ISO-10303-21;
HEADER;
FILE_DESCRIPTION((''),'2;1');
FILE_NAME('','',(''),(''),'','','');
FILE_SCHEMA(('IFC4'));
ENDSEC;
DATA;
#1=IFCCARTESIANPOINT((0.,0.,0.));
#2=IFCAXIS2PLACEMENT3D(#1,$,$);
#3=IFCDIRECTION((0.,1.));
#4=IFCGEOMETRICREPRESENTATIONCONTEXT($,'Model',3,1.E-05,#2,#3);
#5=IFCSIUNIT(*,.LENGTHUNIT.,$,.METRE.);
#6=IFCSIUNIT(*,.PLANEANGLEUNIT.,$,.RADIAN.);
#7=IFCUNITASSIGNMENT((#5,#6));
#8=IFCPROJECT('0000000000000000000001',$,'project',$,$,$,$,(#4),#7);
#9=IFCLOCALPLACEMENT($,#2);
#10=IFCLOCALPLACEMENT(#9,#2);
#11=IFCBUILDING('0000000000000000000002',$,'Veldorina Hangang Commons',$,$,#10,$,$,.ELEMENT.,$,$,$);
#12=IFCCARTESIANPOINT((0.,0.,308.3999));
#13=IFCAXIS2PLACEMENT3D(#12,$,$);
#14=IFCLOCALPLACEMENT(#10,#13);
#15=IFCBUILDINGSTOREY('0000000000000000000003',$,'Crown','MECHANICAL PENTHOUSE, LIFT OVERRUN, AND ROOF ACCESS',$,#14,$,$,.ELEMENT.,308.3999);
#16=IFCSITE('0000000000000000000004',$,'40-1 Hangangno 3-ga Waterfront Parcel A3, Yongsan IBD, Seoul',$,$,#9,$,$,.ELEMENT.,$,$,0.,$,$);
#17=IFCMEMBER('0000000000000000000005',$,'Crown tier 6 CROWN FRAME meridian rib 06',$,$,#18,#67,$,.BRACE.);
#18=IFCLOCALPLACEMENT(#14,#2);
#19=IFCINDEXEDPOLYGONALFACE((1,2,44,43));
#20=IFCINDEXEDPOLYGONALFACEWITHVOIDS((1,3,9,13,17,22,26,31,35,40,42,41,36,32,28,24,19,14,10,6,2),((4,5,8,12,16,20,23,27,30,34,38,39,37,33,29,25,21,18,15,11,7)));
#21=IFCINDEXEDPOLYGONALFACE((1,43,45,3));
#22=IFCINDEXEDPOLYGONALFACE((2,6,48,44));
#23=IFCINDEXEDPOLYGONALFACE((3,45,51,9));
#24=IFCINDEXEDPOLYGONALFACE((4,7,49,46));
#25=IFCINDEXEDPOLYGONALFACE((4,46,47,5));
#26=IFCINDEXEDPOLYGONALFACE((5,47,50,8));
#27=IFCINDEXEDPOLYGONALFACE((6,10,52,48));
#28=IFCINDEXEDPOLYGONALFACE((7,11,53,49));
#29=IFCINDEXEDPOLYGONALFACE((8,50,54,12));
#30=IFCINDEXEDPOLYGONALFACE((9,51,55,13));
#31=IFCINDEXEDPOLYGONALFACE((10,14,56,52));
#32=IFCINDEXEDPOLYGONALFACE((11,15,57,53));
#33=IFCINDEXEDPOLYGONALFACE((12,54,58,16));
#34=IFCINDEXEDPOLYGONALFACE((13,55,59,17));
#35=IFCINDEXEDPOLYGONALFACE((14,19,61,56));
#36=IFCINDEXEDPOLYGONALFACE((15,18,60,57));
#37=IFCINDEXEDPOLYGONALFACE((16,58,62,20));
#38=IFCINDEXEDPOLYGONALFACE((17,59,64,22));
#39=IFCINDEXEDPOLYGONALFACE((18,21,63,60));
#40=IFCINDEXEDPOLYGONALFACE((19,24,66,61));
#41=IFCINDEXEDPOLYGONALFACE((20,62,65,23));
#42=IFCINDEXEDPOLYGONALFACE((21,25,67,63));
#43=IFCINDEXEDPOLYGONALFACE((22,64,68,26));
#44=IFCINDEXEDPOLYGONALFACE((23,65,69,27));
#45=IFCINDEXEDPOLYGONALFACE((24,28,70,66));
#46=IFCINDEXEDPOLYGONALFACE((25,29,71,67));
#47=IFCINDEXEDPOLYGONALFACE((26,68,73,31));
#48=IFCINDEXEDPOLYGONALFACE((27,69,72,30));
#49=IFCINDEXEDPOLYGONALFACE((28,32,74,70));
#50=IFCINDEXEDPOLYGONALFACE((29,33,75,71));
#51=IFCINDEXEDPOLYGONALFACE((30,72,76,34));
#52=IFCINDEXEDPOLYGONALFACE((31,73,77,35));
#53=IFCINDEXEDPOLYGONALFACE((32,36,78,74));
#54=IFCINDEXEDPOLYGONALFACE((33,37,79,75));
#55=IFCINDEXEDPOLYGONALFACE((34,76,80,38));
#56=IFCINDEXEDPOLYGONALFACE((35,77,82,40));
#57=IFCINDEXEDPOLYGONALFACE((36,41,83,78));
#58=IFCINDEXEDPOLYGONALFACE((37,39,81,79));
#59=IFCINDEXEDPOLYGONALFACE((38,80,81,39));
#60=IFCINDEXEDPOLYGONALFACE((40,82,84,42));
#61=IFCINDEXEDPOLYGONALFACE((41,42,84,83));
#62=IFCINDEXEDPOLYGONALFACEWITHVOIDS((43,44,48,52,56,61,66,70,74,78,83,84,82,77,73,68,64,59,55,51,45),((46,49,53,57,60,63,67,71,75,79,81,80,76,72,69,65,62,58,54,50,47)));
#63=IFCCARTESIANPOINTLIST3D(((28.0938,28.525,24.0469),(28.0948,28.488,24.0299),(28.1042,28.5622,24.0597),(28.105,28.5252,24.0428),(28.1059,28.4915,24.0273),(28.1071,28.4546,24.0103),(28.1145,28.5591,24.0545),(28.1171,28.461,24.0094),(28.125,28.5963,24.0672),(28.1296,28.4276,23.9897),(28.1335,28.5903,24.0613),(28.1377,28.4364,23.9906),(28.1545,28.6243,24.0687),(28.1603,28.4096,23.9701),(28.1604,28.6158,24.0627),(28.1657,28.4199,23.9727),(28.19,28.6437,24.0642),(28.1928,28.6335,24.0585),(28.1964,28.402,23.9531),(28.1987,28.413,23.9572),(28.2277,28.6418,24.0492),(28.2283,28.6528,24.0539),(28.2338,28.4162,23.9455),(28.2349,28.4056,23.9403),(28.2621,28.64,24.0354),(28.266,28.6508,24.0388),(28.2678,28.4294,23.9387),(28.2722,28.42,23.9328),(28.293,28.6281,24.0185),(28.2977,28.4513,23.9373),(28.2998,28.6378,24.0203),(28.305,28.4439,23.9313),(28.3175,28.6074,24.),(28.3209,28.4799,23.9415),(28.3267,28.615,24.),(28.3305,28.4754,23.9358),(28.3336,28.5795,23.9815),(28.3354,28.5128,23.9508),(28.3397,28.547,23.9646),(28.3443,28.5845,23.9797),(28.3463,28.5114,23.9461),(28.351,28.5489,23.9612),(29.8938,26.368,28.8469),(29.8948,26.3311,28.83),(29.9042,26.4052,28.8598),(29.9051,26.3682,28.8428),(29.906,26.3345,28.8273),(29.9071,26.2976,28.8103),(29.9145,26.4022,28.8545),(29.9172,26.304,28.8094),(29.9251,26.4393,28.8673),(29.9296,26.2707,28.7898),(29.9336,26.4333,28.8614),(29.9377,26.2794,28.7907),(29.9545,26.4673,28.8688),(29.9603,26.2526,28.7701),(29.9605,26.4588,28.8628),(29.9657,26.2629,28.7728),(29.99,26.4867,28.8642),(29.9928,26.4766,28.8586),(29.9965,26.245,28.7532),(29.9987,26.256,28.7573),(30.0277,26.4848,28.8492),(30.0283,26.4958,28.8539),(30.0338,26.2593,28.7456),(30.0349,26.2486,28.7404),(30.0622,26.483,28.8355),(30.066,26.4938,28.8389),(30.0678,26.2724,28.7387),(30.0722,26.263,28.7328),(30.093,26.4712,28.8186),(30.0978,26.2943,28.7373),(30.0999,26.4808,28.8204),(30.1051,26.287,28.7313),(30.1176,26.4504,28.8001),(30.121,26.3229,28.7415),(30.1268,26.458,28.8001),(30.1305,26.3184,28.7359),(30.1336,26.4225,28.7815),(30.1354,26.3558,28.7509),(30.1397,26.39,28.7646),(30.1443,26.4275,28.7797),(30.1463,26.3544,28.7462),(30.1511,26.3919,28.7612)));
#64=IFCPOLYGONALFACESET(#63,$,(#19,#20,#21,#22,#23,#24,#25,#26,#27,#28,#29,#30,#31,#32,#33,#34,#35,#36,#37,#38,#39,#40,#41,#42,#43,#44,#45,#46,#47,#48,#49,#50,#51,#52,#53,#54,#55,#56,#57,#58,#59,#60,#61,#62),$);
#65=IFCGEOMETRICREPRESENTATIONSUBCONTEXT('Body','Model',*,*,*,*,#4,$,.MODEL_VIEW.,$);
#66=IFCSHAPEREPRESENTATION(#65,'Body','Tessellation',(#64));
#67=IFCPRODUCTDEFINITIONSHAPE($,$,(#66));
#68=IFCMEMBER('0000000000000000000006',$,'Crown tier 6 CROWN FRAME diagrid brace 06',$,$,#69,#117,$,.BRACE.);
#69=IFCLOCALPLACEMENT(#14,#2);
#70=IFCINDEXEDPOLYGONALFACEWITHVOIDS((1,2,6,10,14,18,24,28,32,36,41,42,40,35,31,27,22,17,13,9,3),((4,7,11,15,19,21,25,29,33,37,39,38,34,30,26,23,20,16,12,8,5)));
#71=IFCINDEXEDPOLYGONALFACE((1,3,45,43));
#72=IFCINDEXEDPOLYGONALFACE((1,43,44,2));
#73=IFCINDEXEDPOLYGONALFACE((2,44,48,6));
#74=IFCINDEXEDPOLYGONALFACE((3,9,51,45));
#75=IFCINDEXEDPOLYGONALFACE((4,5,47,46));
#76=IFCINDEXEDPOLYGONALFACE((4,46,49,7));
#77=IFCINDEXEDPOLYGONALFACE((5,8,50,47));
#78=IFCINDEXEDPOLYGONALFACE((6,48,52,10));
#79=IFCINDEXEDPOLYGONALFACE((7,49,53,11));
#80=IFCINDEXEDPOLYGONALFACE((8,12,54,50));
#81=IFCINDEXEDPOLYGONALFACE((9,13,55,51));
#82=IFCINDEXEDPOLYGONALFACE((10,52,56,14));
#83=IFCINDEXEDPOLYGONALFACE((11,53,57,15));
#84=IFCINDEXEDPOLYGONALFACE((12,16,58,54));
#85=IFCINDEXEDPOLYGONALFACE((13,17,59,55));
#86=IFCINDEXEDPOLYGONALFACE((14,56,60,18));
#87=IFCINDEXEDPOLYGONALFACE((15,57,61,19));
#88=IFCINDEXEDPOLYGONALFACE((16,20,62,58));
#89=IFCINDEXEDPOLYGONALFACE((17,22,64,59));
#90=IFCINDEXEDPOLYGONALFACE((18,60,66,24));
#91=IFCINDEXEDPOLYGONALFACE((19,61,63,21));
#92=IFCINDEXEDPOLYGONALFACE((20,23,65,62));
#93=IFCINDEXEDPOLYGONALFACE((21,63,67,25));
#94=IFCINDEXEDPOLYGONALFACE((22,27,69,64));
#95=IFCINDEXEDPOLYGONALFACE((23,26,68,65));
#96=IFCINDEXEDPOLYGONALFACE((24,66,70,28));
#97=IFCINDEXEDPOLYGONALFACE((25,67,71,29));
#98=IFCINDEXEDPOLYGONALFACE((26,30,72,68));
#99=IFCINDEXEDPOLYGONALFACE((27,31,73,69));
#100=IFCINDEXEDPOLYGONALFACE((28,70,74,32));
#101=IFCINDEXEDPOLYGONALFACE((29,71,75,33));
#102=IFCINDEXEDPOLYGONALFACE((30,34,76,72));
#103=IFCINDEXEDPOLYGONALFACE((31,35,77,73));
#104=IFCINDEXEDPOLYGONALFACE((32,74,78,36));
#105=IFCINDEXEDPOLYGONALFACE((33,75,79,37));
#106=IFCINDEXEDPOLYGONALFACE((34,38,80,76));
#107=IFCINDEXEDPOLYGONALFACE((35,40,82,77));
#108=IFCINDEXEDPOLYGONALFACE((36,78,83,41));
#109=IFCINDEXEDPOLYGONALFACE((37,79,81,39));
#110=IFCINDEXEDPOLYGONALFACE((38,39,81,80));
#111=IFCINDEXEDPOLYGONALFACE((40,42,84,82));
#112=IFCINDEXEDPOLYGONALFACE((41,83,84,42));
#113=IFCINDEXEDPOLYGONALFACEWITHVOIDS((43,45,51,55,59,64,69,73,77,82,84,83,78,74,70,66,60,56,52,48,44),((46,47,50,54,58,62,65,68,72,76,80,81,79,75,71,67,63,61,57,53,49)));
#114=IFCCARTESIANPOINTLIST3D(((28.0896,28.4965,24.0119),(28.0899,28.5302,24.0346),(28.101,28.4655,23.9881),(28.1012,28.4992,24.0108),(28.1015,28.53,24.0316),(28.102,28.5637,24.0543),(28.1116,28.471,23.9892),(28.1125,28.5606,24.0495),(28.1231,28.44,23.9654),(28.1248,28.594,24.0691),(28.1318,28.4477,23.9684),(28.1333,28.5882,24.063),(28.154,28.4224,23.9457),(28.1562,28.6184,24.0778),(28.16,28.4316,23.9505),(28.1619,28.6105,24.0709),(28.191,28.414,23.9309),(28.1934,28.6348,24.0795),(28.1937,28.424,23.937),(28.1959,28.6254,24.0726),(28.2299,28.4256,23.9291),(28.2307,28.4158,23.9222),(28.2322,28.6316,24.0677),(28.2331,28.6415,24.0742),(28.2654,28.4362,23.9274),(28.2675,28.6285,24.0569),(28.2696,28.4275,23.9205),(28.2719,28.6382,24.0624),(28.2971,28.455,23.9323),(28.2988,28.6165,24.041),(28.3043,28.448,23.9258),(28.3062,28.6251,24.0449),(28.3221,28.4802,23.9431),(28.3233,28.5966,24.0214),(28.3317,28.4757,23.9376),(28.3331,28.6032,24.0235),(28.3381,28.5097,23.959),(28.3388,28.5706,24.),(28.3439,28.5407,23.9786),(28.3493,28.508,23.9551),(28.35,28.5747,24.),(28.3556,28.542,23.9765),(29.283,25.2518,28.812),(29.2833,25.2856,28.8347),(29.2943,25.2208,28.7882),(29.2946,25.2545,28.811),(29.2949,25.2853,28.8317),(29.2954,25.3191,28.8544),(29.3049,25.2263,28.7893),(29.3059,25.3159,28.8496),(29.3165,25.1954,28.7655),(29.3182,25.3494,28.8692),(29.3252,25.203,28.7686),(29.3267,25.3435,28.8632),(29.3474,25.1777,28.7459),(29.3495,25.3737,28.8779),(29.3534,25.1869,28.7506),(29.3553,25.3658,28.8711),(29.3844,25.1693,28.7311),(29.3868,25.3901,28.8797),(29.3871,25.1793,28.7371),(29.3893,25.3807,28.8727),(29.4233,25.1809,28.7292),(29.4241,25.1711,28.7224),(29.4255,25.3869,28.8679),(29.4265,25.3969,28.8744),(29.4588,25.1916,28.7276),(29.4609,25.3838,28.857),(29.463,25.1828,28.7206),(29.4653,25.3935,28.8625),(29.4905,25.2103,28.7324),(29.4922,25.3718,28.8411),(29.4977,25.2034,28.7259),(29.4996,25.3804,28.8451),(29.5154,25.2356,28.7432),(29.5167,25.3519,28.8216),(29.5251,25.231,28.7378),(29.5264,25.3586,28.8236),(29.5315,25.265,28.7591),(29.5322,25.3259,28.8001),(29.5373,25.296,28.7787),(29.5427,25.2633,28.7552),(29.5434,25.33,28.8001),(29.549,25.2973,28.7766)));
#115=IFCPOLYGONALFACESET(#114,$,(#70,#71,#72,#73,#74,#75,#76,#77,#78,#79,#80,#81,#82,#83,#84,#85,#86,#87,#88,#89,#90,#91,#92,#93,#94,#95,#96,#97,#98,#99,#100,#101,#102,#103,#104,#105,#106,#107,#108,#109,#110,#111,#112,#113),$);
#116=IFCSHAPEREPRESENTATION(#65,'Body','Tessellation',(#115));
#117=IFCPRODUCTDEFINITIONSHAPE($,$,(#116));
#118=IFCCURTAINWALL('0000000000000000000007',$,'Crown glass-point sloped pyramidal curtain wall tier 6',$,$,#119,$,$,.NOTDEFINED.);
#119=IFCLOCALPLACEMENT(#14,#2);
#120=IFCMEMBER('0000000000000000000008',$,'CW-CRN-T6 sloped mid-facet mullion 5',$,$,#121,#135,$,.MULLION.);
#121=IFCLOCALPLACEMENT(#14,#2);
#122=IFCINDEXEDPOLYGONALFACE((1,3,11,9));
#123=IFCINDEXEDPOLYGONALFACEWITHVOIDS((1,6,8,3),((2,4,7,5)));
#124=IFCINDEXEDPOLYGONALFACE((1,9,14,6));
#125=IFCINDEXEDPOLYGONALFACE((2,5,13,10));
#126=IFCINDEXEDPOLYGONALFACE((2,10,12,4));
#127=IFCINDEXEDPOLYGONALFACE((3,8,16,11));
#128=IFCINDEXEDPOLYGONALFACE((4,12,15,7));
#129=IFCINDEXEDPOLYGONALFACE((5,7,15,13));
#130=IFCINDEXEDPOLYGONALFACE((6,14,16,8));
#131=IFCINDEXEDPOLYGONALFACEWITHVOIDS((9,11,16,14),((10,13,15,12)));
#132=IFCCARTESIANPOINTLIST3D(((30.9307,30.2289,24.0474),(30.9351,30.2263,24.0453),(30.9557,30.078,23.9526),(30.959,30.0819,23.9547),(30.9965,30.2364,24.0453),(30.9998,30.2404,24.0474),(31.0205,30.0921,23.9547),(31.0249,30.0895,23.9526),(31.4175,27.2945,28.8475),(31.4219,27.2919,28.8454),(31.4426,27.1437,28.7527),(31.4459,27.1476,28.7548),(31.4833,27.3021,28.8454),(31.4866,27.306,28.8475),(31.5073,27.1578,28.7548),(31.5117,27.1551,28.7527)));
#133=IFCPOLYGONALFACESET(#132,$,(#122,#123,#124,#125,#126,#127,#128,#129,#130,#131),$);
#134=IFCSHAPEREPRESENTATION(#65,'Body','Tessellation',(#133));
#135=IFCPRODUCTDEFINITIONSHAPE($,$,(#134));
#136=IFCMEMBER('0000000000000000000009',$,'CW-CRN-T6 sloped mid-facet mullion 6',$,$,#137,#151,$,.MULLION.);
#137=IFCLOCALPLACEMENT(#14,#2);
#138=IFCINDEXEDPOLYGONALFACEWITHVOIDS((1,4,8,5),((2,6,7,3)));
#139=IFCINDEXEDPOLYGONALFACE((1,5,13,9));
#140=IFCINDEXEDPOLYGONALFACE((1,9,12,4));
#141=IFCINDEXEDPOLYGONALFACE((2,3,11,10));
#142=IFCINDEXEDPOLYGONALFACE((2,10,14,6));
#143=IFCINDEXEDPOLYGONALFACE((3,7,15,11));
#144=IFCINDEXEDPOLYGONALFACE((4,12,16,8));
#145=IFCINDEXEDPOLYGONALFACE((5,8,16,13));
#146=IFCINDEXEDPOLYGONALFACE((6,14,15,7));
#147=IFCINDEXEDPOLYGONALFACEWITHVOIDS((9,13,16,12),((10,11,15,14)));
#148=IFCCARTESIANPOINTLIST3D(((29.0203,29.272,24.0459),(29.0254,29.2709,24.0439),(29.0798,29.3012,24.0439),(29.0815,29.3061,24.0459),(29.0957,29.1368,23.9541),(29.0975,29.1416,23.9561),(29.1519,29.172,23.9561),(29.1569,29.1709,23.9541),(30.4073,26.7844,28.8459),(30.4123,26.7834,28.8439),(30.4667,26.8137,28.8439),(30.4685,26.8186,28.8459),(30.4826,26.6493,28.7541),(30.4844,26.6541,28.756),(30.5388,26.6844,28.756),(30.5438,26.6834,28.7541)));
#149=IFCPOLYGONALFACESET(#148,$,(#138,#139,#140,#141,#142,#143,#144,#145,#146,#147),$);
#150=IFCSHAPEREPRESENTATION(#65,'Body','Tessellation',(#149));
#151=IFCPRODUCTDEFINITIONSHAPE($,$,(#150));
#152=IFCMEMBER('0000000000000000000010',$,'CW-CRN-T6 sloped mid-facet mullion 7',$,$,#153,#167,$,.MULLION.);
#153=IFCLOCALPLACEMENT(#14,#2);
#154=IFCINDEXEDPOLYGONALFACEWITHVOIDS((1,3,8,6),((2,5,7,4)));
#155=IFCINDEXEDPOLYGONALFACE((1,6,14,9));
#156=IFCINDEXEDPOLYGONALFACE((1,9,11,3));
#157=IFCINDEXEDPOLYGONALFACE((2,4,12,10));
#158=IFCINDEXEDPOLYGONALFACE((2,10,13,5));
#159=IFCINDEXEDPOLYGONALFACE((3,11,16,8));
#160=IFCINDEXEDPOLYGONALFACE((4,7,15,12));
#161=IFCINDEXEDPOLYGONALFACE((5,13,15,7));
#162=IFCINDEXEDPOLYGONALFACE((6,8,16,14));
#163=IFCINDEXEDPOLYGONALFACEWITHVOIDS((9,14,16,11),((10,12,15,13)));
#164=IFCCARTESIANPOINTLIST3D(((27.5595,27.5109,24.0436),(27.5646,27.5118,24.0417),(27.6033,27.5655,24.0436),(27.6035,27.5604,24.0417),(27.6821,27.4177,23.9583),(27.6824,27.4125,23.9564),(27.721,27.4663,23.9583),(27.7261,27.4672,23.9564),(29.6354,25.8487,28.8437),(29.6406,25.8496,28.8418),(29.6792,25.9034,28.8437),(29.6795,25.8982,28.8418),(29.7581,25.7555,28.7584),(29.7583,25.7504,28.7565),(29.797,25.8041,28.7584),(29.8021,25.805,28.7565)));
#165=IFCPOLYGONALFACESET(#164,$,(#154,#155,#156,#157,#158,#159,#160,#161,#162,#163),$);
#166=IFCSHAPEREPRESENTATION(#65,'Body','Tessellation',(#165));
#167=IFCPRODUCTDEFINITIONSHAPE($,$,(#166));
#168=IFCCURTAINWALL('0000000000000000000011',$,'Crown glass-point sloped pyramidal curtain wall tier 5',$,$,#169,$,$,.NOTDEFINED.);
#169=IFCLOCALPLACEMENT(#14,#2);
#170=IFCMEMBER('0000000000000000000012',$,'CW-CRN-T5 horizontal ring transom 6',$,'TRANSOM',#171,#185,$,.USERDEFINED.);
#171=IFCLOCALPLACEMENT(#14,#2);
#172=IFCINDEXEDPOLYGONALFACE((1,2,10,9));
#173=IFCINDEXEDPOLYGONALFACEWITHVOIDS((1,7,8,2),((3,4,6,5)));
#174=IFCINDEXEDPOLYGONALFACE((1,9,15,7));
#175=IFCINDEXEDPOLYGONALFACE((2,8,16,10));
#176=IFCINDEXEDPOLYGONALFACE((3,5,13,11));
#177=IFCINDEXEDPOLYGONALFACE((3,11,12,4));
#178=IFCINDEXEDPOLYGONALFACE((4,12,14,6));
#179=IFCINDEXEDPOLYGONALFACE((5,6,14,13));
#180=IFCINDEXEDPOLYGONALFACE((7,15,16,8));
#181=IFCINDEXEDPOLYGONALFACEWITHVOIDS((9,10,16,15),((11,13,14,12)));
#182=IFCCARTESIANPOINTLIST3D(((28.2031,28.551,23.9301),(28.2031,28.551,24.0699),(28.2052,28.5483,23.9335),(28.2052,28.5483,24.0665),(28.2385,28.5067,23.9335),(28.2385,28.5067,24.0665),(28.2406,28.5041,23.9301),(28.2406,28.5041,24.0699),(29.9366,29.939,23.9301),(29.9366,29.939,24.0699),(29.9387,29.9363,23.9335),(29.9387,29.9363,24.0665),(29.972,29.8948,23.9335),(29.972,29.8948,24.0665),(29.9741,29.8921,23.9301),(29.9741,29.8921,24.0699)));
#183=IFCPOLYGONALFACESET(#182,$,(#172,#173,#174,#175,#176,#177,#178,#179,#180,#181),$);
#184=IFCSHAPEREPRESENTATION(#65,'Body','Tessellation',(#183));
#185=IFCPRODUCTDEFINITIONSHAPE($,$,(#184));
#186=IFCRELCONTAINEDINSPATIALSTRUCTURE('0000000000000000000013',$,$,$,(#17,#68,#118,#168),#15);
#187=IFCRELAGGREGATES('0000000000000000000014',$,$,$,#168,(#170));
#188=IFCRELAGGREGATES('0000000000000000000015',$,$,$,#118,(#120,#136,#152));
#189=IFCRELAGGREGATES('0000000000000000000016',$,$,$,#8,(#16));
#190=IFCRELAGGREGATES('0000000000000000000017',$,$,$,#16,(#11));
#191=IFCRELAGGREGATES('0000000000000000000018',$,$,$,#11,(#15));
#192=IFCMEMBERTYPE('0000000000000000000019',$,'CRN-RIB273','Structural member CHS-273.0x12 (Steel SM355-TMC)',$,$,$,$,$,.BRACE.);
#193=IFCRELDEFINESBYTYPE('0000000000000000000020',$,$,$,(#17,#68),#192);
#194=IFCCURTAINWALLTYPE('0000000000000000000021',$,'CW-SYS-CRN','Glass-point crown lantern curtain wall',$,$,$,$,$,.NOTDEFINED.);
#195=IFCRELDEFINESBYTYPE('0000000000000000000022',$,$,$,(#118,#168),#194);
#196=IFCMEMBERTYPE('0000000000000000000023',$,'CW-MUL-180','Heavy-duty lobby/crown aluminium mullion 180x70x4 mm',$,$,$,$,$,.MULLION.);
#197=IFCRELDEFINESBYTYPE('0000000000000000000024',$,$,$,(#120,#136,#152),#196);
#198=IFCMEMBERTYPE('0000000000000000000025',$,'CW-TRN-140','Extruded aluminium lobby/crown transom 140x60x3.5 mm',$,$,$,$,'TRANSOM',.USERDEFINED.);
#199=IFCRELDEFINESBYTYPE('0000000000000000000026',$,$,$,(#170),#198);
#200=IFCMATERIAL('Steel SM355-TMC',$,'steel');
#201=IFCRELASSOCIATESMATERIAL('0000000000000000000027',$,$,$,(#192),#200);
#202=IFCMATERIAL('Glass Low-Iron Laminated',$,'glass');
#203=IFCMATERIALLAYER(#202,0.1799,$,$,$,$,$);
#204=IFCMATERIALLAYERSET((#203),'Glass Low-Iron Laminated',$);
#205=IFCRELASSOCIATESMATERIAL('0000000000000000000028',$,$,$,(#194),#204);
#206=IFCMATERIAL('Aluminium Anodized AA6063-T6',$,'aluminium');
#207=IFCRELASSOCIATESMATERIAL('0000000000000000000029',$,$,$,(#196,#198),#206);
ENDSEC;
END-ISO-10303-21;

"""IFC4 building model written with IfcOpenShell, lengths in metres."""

from ifc_helpers import new_model, si_unit, direction, frame, origin, origin_2d, place, context, subcontext, project, spatial, hollow_rectangle, hollow_circle, extrude, material, layer, layer_set, material_profile, profile_set, type_object, element, aggregate, save


model = new_model("IFC4")

# Units and contexts
model_context = context("Model", 3, precision=1e-05, world=origin(), true_north=direction((0.0, 1.0)))
body_context = subcontext(model_context, "Body", "Model", "MODEL_VIEW")
ifc_project = project(units=[si_unit("LENGTHUNIT", "METRE"), si_unit("PLANEANGLEUNIT", "RADIAN")], contexts=[model_context])

# Site, building, storey
site_placement = place(None, origin())
site = spatial("IfcSite", under=ifc_project, at=site_placement, Name="40-1 Hangangno 3-ga Waterfront Parcel A3, Yongsan IBD, Seoul", CompositionType="ELEMENT", RefElevation=0.0)
building_placement = place(site_placement, origin())
building = spatial("IfcBuilding", under=site, at=building_placement, Name="Veldorina Hangang Commons", CompositionType="ELEMENT")
storey_placement = place(building_placement, frame((0.0, 0.0, 308.3999)))
storey = spatial("IfcBuildingStorey", under=building, at=storey_placement, Name="Crown", Description="MECHANICAL PENTHOUSE, LIFT OVERRUN, AND ROOF ACCESS", CompositionType="ELEMENT", Elevation=308.3999)

# Members
ifc_material_1 = material(Name="Steel SM355-TMC", Category="steel")
ifc_material_profile_1 = material_profile(ifc_material_1, hollow_circle(Radius=0.1365, WallThickness=0.012, at=origin_2d()), Name="CHS-273.0x12")
ifc_profile_set_1 = profile_set([ifc_material_profile_1], Name="Steel SM355-TMC")
member_type_1 = type_object("IfcMemberType", Name="CRN-RIB273", Description="Structural member CHS-273.0x12 (Steel SM355-TMC)", PredefinedType="BRACE", material=ifc_profile_set_1)
member_1_placement = place(storey_placement, frame((28.2219, 28.5276, 24.0), z_axis=(0.323647, -0.387823, 0.863044), x_axis=(0.767772, 0.640723, 0.0)))
element("IfcMember", 1, at=member_1_placement, inside=storey, type_object=member_type_1, Name="Crown tier 6 CROWN FRAME meridian rib 06", PredefinedType="BRACE", context=body_context, shape_type="SweptSolid", body=[
    extrude(hollow_circle(Radius=0.1365, WallThickness=0.012, at=origin_2d()), origin(), (0.0, 0.0, 1.0), 5.5618),
])
member_2_placement = place(storey_placement, frame((28.2219, 28.5276, 24.0), z_axis=(0.201737, -0.548504, 0.811447), x_axis=(0.938533, 0.345188, 0.0)))
element("IfcMember", 2, at=member_2_placement, inside=storey, type_object=member_type_1, Name="Crown tier 6 CROWN FRAME diagrid brace 06", PredefinedType="BRACE", context=body_context, shape_type="SweptSolid", body=[
    extrude(hollow_circle(Radius=0.1365, WallThickness=0.012, at=origin_2d()), origin(), (0.0, 0.0, 1.0), 5.9155),
])

# Curtain walls, members
ifc_material_2 = material(Name="Glass Low-Iron Laminated", Category="glass")
ifc_layer_1 = layer(ifc_material_2, 0.1799)
ifc_layer_set_1 = layer_set([ifc_layer_1], Name="Glass Low-Iron Laminated")
curtain_wall_type = type_object("IfcCurtainWallType", Name="CW-SYS-CRN", Description="Glass-point crown lantern curtain wall", PredefinedType="NOTDEFINED", material=ifc_layer_set_1)
curtain_wall_1_placement = place(storey_placement, origin())
curtain_wall_1 = element("IfcCurtainWall", 3, at=curtain_wall_1_placement, inside=storey, type_object=curtain_wall_type, Name="Crown glass-point sloped pyramidal curtain wall tier 6", PredefinedType="NOTDEFINED")
ifc_material_3 = material(Name="Aluminium Anodized AA6063-T6", Category="aluminium")
ifc_material_profile_2 = material_profile(ifc_material_3, hollow_rectangle(XDim=0.0701, YDim=0.1799, WallThickness=0.0039, at=origin_2d()), Name="ALU-RHS-180x70x4")
ifc_profile_set_2 = profile_set([ifc_material_profile_2], Name="Aluminium Anodized AA6063-T6")
member_type_2 = type_object("IfcMemberType", Name="CW-MUL-180", Description="Heavy-duty lobby/crown aluminium mullion 180x70x4 mm", PredefinedType="MULLION", material=ifc_profile_set_2)
member_3_placement = place(storey_placement, frame((30.9778, 30.1592, 24.0), z_axis=(0.086209, -0.519633, 0.850029), x_axis=(0.986516, 0.163667, 0.0)))
member_3 = element("IfcMember", 4, at=member_3_placement, type_object=member_type_2, Name="CW-CRN-T6 sloped mid-facet mullion 5", PredefinedType="MULLION", context=body_context, shape_type="SweptSolid", body=[
    extrude(hollow_rectangle(XDim=0.0701, YDim=0.1799, WallThickness=0.0039, at=origin_2d()), origin(), (0.0, 0.0, 1.0), 5.647),
])
member_4_placement = place(storey_placement, frame((29.0886, 29.2214, 24.0), z_axis=(0.248497, -0.445685, 0.860008), x_axis=(0.873412, 0.486982, 0.0)))
member_4 = element("IfcMember", 5, at=member_4_placement, type_object=member_type_2, Name="CW-CRN-T6 sloped mid-facet mullion 6", PredefinedType="MULLION", context=body_context, shape_type="SweptSolid", body=[
    extrude(hollow_rectangle(XDim=0.0701, YDim=0.1799, WallThickness=0.0039, at=origin_2d()), origin(), (0.0, 0.0, 1.0), 5.5813),
])
member_5_placement = place(storey_placement, frame((27.6428, 27.489, 24.0), z_axis=(0.378302, -0.302891, 0.874726), x_axis=(0.625008, 0.780618, 0.0)))
member_5 = element("IfcMember", 6, at=member_5_placement, type_object=member_type_2, Name="CW-CRN-T6 sloped mid-facet mullion 7", PredefinedType="MULLION", context=body_context, shape_type="SweptSolid", body=[
    extrude(hollow_rectangle(XDim=0.0701, YDim=0.1799, WallThickness=0.0039, at=origin_2d()), origin(), (0.0, 0.0, 1.0), 5.4875),
])
curtain_wall_2_placement = place(storey_placement, origin())
curtain_wall_2 = element("IfcCurtainWall", 7, at=curtain_wall_2_placement, inside=storey, type_object=curtain_wall_type, Name="Crown glass-point sloped pyramidal curtain wall tier 5", PredefinedType="NOTDEFINED")
ifc_material_profile_3 = material_profile(ifc_material_3, hollow_rectangle(XDim=0.0601, YDim=0.1399, WallThickness=0.0034, at=origin_2d()), Name="ALU-RHS-140x60x3.5")
ifc_profile_set_3 = profile_set([ifc_material_profile_3], Name="Aluminium Anodized AA6063-T6")
member_type_3 = type_object("IfcMemberType", Name="CW-TRN-140", Description="Extruded aluminium lobby/crown transom 140x60x3.5 mm", ElementType="TRANSOM", PredefinedType="USERDEFINED", material=ifc_profile_set_3)
member_6_placement = place(storey_placement, frame((29.9553, 29.9155, 24.0), z_axis=(-0.780601, -0.62503, 0.0), x_axis=(0.62503, -0.780601, 0.0)))
member_6 = element("IfcMember", 8, at=member_6_placement, type_object=member_type_3, Name="CW-CRN-T5 horizontal ring transom 6", ObjectType="TRANSOM", PredefinedType="USERDEFINED", context=body_context, shape_type="SweptSolid", body=[
    extrude(hollow_rectangle(XDim=0.0601, YDim=0.1399, WallThickness=0.0034, at=origin_2d()), origin(), (0.0, 0.0, 1.0), 2.2207),
])
aggregate(curtain_wall_2, [member_6])

aggregate(curtain_wall_1, [member_3, member_4, member_5])

save(model, "model.ifc")
